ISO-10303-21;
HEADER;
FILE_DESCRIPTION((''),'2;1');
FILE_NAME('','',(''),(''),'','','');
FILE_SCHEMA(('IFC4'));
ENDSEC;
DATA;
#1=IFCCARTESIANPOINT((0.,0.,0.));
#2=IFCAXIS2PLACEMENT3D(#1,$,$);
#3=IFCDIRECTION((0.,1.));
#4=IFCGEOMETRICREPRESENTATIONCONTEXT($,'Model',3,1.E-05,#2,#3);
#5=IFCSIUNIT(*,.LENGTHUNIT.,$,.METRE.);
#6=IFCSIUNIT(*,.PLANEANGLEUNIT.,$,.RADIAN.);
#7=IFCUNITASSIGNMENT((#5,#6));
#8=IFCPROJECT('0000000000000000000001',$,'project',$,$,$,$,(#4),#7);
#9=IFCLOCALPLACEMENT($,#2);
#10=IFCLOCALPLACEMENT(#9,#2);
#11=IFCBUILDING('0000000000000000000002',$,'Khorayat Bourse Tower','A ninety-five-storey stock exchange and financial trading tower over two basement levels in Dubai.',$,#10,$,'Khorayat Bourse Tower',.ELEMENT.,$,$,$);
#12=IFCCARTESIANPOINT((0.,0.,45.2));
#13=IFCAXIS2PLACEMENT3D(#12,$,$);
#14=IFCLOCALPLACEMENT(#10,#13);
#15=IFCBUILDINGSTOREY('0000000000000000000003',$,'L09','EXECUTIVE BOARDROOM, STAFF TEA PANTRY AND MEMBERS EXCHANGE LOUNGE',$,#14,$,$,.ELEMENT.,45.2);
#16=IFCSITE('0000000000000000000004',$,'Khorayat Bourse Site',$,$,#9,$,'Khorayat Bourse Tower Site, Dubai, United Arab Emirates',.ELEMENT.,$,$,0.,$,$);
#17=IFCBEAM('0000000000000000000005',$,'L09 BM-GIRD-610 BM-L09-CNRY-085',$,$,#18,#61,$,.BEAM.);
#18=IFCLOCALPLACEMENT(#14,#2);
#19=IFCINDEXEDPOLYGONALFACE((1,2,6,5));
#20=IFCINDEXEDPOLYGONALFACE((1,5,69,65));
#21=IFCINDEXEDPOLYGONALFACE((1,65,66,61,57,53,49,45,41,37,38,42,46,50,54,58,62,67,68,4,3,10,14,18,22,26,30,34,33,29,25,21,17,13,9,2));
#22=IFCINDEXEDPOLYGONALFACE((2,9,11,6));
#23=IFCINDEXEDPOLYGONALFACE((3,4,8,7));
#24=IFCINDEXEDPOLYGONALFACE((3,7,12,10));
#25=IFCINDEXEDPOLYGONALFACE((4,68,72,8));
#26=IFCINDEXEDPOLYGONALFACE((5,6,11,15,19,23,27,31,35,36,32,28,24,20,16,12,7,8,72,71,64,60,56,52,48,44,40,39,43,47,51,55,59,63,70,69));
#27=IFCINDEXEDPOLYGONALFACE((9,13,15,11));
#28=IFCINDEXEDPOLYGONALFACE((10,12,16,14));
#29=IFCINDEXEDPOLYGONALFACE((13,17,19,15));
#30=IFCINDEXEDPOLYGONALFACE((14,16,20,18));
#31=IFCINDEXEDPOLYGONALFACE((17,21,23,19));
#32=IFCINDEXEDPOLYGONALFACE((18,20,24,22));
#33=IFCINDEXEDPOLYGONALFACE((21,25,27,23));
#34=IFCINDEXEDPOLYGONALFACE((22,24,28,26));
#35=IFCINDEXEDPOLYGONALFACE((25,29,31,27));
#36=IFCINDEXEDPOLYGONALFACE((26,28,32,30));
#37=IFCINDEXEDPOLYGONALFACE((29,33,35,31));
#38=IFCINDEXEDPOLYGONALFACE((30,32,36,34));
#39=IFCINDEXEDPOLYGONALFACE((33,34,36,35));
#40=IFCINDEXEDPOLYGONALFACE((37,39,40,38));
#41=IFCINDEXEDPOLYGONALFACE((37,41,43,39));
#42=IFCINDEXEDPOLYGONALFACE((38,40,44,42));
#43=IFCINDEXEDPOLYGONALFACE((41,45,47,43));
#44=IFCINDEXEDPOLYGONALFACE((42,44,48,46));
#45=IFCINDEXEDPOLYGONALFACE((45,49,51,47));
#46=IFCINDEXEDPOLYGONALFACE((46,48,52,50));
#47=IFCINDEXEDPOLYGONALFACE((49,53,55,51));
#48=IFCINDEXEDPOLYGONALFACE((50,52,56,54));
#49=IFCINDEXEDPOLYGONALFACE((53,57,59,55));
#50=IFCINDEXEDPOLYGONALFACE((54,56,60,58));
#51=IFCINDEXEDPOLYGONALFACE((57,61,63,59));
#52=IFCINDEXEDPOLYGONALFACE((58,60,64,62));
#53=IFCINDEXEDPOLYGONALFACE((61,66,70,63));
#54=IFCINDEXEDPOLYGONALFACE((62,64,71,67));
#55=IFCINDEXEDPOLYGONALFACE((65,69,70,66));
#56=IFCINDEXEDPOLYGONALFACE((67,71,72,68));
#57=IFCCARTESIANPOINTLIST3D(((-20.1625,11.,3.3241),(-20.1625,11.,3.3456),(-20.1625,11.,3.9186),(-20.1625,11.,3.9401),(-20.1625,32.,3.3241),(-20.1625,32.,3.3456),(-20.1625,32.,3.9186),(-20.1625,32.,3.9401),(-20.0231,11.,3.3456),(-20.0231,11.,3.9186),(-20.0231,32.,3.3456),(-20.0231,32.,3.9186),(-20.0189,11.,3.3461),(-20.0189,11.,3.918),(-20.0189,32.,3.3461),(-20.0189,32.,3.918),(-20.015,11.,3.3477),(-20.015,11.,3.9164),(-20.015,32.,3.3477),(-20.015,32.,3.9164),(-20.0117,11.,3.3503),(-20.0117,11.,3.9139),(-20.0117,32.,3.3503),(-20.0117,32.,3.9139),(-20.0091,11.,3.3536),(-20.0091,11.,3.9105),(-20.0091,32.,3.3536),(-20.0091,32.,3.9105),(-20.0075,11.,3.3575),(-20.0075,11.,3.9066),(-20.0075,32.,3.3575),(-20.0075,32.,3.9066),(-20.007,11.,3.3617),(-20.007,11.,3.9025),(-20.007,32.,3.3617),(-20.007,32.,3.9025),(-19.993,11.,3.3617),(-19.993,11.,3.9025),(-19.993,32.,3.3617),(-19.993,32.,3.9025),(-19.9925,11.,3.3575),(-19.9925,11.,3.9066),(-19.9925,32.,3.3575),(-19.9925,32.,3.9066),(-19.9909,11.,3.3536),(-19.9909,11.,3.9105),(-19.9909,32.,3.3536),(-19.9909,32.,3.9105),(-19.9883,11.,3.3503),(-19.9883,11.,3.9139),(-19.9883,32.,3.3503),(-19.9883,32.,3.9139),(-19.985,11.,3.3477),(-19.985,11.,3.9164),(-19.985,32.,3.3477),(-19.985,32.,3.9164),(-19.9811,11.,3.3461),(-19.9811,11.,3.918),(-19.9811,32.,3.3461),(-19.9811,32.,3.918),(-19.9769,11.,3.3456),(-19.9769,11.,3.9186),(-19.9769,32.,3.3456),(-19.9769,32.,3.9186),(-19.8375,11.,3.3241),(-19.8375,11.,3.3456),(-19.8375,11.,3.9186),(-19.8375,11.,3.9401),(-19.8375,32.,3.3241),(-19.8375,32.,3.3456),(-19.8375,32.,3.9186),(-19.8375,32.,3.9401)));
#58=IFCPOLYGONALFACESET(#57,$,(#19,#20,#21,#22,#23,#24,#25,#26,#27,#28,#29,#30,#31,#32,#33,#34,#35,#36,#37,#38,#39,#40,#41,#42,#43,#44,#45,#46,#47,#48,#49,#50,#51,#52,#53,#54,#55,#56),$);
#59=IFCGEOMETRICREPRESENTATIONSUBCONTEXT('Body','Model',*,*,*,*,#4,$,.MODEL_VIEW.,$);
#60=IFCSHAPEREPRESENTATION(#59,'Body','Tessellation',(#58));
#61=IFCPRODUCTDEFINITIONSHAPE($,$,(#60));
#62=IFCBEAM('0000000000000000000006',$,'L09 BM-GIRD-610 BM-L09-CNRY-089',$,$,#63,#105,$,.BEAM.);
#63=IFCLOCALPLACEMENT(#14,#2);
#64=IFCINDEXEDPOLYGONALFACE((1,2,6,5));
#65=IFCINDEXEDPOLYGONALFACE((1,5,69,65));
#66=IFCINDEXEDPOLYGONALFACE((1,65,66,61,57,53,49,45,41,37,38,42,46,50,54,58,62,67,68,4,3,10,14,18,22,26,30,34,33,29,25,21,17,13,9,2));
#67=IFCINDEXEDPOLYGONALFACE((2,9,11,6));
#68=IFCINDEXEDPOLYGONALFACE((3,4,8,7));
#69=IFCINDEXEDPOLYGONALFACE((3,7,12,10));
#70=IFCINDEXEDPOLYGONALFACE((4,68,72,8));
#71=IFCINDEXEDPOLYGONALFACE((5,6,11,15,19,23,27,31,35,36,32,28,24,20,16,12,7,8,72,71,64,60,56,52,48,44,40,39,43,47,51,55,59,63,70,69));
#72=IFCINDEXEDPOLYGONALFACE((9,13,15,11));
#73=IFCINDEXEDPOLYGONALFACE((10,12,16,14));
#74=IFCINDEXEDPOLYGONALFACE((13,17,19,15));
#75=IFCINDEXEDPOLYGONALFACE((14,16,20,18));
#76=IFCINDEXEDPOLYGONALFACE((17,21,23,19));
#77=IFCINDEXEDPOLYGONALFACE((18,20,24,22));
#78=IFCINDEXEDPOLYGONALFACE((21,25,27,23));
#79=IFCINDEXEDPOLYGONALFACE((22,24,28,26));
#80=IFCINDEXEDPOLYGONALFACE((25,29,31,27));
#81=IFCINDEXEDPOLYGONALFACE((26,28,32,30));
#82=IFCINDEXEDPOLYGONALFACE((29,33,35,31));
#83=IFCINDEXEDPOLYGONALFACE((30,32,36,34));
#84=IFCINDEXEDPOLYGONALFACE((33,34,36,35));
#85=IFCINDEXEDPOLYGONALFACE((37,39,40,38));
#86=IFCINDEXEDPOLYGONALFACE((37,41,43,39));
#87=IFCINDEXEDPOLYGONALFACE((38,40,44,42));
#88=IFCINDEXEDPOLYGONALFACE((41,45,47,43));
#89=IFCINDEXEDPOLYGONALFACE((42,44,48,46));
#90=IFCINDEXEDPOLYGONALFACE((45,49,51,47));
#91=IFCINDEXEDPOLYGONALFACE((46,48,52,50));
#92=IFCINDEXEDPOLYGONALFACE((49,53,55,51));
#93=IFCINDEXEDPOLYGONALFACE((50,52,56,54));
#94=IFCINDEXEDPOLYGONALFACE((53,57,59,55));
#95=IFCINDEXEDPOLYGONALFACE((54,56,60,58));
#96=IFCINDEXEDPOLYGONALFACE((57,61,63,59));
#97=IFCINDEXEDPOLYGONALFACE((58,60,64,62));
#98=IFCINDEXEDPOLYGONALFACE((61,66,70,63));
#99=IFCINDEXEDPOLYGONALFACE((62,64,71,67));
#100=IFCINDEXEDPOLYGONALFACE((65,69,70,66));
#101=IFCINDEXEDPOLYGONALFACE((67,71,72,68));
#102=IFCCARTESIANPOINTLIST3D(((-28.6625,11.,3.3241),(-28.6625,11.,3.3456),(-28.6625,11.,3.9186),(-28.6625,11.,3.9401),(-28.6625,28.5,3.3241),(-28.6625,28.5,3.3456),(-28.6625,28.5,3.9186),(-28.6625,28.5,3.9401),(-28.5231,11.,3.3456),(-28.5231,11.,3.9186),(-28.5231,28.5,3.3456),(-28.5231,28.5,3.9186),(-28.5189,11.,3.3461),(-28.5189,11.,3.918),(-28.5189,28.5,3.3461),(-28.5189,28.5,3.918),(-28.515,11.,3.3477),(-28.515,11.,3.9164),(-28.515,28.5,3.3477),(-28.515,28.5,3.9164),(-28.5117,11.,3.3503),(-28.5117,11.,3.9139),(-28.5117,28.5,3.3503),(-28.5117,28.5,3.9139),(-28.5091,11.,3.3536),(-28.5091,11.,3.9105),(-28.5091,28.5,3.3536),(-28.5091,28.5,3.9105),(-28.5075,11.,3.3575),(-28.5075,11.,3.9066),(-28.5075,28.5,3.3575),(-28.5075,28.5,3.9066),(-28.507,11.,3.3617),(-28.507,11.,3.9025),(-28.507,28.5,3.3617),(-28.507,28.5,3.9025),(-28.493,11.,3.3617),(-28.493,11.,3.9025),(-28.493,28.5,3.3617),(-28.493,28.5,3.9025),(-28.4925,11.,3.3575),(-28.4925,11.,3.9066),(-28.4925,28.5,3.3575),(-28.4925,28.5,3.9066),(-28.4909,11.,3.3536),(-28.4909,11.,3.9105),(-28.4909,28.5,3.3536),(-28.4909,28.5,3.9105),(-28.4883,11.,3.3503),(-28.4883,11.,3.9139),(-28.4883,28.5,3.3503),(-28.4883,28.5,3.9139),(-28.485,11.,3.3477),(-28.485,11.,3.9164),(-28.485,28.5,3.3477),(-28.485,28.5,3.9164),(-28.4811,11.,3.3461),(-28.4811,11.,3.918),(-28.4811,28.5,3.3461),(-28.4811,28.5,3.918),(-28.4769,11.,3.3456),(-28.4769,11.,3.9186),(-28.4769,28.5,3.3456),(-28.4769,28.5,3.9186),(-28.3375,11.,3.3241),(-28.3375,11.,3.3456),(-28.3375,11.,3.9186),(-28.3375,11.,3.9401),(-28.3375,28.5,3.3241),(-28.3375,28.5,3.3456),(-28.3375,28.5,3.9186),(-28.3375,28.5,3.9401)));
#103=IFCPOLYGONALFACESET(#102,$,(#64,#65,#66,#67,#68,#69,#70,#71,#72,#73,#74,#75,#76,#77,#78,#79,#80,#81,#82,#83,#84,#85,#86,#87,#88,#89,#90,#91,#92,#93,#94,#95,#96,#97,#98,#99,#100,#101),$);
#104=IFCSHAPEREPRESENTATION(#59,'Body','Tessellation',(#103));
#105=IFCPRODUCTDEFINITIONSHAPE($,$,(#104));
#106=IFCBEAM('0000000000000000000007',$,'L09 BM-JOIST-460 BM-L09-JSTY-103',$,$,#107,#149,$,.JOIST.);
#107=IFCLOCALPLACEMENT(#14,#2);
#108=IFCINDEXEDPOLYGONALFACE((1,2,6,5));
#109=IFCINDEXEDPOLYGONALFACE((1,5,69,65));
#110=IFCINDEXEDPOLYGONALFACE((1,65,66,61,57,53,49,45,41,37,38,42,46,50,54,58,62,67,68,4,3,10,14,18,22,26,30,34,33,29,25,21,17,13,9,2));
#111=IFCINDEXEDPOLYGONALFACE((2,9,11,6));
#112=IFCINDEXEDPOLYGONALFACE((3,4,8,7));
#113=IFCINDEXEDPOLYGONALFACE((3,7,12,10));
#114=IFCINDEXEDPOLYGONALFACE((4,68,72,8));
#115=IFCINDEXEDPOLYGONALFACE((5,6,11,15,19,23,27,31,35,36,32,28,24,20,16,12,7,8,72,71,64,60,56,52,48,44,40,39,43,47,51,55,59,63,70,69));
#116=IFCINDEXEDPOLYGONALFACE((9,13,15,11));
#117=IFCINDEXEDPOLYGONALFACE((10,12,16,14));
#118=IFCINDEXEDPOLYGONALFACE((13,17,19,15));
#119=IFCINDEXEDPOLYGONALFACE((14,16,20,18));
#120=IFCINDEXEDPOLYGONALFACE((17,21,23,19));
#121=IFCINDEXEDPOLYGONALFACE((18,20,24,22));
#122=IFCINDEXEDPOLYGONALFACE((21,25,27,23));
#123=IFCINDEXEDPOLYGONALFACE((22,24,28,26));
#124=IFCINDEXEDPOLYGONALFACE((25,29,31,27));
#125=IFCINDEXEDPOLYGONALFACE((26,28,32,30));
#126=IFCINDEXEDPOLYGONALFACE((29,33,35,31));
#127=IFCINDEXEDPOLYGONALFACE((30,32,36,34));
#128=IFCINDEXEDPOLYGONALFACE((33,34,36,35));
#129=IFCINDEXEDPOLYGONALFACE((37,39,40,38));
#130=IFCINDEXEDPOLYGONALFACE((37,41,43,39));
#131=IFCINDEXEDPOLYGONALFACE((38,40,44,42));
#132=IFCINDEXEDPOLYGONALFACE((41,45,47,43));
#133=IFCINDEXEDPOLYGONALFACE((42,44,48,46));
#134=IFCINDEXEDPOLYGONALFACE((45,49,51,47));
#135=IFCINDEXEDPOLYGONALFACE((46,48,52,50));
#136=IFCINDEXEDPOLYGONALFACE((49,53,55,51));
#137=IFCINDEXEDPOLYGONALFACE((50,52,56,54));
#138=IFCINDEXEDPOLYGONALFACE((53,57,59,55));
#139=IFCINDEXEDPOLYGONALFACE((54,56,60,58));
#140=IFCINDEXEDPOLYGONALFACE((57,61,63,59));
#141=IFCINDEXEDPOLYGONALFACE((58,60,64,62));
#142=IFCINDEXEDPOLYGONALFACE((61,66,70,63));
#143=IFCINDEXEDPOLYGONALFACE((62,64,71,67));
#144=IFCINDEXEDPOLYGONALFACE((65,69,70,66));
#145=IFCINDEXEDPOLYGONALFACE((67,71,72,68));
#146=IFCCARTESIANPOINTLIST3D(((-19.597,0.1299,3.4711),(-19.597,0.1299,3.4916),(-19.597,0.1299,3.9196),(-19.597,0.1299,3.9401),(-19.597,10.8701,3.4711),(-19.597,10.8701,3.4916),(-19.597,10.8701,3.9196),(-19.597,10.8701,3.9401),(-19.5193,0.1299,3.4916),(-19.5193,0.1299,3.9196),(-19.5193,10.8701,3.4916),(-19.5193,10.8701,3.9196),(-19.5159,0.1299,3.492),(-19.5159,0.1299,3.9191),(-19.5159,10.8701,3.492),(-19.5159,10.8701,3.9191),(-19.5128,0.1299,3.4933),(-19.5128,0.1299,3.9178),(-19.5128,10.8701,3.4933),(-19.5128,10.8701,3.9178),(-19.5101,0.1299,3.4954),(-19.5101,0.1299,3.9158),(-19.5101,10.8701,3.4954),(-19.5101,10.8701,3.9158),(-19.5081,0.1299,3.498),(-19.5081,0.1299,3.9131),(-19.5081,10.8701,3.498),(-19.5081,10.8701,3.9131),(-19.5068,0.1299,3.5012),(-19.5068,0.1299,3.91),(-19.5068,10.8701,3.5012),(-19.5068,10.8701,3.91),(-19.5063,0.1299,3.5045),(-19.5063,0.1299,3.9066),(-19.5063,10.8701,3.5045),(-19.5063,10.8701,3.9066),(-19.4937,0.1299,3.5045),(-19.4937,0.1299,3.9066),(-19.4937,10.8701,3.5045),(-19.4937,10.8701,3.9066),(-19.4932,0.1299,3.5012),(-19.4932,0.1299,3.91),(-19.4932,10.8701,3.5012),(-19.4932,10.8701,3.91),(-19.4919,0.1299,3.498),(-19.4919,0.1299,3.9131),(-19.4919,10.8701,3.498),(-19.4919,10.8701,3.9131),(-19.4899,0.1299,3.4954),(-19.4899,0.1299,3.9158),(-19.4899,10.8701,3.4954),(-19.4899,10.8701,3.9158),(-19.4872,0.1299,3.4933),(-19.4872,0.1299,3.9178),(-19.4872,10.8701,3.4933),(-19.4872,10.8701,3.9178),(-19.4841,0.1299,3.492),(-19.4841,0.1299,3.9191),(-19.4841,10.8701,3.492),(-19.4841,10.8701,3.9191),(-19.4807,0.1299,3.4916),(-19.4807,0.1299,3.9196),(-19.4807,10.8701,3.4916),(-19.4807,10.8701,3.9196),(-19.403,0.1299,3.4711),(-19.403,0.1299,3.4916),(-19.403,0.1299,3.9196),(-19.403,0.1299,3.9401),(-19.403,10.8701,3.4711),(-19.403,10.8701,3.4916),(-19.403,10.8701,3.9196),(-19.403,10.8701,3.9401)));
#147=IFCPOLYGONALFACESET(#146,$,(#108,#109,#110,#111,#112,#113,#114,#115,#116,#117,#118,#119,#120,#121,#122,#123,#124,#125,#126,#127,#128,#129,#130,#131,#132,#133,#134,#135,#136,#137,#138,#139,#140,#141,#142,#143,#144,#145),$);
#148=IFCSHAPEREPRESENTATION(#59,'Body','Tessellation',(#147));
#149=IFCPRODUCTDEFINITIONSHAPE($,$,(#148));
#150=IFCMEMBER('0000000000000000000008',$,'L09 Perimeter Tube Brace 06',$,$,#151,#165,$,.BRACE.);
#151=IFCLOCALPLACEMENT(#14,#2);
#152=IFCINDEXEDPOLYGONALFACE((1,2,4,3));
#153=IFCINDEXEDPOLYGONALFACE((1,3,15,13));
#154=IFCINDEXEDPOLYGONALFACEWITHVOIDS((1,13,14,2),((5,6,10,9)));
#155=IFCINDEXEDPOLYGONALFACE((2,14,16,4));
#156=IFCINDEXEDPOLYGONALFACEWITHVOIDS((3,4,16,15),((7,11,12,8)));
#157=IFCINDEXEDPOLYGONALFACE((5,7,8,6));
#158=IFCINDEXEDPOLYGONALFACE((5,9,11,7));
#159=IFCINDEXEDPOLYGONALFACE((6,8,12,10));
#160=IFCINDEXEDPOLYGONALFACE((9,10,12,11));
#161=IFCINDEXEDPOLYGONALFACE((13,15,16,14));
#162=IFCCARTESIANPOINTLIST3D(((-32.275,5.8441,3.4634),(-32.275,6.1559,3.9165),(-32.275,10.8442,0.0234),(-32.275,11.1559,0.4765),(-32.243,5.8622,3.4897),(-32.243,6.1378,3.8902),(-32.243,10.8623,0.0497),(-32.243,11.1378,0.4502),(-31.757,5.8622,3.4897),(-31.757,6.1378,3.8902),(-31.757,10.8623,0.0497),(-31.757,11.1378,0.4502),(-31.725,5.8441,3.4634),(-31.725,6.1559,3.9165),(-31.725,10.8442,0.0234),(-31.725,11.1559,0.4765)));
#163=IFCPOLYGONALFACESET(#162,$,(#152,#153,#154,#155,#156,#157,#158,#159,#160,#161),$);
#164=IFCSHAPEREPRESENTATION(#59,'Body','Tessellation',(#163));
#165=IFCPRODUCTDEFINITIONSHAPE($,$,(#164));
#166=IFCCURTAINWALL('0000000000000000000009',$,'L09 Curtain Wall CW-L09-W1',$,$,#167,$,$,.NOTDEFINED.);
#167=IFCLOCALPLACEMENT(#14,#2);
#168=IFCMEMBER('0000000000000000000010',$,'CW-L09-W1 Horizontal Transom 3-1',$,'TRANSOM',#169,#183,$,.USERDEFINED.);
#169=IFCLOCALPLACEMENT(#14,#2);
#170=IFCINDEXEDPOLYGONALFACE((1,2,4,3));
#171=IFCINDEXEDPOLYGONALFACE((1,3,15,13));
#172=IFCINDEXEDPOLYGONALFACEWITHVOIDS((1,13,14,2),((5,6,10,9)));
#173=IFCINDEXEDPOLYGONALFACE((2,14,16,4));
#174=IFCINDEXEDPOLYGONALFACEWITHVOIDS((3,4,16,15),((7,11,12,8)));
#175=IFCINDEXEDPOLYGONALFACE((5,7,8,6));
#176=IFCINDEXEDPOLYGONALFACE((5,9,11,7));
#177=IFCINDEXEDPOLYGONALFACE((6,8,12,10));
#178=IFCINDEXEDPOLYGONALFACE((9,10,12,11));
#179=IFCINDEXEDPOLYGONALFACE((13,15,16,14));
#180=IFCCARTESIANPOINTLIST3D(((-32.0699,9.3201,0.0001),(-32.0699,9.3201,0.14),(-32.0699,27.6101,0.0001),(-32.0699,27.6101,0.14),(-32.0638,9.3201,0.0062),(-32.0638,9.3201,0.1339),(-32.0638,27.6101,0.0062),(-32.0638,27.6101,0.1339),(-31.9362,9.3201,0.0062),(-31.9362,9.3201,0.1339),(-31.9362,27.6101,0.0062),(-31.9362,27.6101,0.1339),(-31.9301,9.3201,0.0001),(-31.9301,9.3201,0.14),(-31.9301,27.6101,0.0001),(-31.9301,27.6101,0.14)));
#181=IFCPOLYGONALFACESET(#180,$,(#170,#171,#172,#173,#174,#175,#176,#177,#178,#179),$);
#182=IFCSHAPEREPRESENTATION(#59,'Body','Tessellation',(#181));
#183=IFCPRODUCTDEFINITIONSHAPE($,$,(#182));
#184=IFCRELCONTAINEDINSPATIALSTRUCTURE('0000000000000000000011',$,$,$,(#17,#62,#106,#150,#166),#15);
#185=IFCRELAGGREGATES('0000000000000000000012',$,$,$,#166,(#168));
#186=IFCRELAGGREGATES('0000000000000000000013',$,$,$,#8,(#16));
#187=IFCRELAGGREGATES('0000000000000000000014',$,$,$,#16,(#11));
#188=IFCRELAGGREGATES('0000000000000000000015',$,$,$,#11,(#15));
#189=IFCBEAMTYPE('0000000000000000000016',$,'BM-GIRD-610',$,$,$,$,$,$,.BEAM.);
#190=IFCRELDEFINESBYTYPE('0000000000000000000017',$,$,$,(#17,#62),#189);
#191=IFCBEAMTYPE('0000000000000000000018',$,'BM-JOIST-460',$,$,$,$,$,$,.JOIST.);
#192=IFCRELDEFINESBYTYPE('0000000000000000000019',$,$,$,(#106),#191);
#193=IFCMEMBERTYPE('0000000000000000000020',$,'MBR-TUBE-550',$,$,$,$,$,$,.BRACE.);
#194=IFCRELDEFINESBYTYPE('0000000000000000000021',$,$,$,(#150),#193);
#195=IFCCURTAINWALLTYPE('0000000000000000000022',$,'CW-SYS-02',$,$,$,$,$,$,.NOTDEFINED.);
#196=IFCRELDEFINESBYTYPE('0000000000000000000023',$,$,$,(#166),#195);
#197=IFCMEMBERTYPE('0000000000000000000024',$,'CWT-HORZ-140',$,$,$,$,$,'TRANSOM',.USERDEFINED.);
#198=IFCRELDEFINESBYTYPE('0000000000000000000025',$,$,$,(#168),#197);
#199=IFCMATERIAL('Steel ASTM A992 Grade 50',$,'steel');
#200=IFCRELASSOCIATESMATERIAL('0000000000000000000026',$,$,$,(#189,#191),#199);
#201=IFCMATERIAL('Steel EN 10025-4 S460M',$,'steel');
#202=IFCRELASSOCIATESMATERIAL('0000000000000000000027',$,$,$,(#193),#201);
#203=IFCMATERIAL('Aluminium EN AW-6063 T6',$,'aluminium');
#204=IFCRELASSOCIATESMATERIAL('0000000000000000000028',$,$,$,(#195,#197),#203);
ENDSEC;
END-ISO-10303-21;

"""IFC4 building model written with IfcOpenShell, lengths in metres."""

from ifc_helpers import new_model, si_unit, direction, frame, origin, origin_2d, place, context, subcontext, project, spatial, hollow_rectangle, i_section, extrude, source, transform, mapped, material, material_profile, profile_set, type_object, element, aggregate, save


model = new_model("IFC4")

# Units and contexts
model_context = context("Model", 3, precision=1e-05, world=origin(), true_north=direction((0.0, 1.0)))
body_context = subcontext(model_context, "Body", "Model", "MODEL_VIEW")
ifc_project = project(units=[si_unit("LENGTHUNIT", "METRE"), si_unit("PLANEANGLEUNIT", "RADIAN")], contexts=[model_context])

# Site, building, storey
site_placement = place(None, origin())
site = spatial("IfcSite", under=ifc_project, at=site_placement, Name="Khorayat Bourse Site", LongName="Khorayat Bourse Tower Site, Dubai, United Arab Emirates", CompositionType="ELEMENT", RefElevation=0.0)
building_placement = place(site_placement, origin())
building = spatial("IfcBuilding", under=site, at=building_placement, Name="Khorayat Bourse Tower", Description="A ninety-five-storey stock exchange and financial trading tower over two basement levels in Dubai.", LongName="Khorayat Bourse Tower", CompositionType="ELEMENT")
storey_placement = place(building_placement, frame((0.0, 0.0, 45.2)))
storey = spatial("IfcBuildingStorey", under=building, at=storey_placement, Name="L09", Description="EXECUTIVE BOARDROOM, STAFF TEA PANTRY AND MEMBERS EXCHANGE LOUNGE", CompositionType="ELEMENT", Elevation=45.2)

# Shared definitions
ifc_material_1 = material(Name="Steel EN 10025-4 S460M", Category="steel")

# Beams
ifc_material_2 = material(Name="Steel ASTM A992 Grade 50", Category="steel")
ifc_material_profile_1 = material_profile(ifc_material_2, i_section(OverallWidth=0.325, OverallDepth=0.616, WebThickness=0.0139, FlangeThickness=0.0215, FilletRadius=0.0161, at=origin_2d()), Name="W610X174")
ifc_profile_set_1 = profile_set([ifc_material_profile_1], Name="Steel ASTM A992 Grade 50")
beam_type_1 = type_object("IfcBeamType", Name="BM-GIRD-610", PredefinedType="BEAM", material=ifc_profile_set_1)
shared_shape_1 = source(origin(), body_context, "Body", "SweptSolid", [
    extrude(i_section(OverallWidth=0.325, OverallDepth=0.616, WebThickness=0.0139, FlangeThickness=0.0215, FilletRadius=0.0161, at=origin_2d()), origin(), (0.0, 0.0, 1.0), 21.0),
])
beam_1_placement = place(storey_placement, frame((-20.0, 11.0, 3.6321), z_axis=(0.0, 1.0, 0.0), x_axis=(-1.0, 0.0, 0.0)))
element("IfcBeam", 1, at=beam_1_placement, inside=storey, type_object=beam_type_1, Name="L09 BM-GIRD-610 BM-L09-CNRY-085", PredefinedType="BEAM", context=body_context, shape_type="MappedRepresentation", body=[
    mapped(shared_shape_1, transform((0.0, 0.0, 0.0), scale=1.0)),
])
shared_shape_2 = source(origin(), body_context, "Body", "SweptSolid", [
    extrude(i_section(OverallWidth=0.325, OverallDepth=0.616, WebThickness=0.0139, FlangeThickness=0.0215, FilletRadius=0.0161, at=origin_2d()), origin(), (0.0, 0.0, 1.0), 17.5),
])
beam_2_placement = place(storey_placement, frame((-28.5, 11.0, 3.6321), z_axis=(0.0, 1.0, 0.0), x_axis=(-1.0, 0.0, 0.0)))
element("IfcBeam", 2, at=beam_2_placement, inside=storey, type_object=beam_type_1, Name="L09 BM-GIRD-610 BM-L09-CNRY-089", PredefinedType="BEAM", context=body_context, shape_type="MappedRepresentation", body=[
    mapped(shared_shape_2, transform((0.0, 0.0, 0.0), scale=1.0)),
])
ifc_material_profile_2 = material_profile(ifc_material_2, i_section(OverallWidth=0.1941, OverallDepth=0.469, WebThickness=0.0127, FlangeThickness=0.0205, FilletRadius=0.0129, at=origin_2d()), Name="W460X106")
ifc_profile_set_2 = profile_set([ifc_material_profile_2], Name="Steel ASTM A992 Grade 50")
beam_type_2 = type_object("IfcBeamType", Name="BM-JOIST-460", PredefinedType="JOIST", material=ifc_profile_set_2)
shared_shape_3 = source(origin(), body_context, "Body", "SweptSolid", [
    extrude(i_section(OverallWidth=0.1941, OverallDepth=0.469, WebThickness=0.0127, FlangeThickness=0.0205, FilletRadius=0.0129, at=origin_2d()), origin(), (0.0, 0.0, 1.0), 10.7402),
])
beam_3_placement = place(storey_placement, frame((-19.5, 0.1299, 3.7056), z_axis=(0.0, 1.0, 0.0), x_axis=(-1.0, 0.0, 0.0)))
element("IfcBeam", 3, at=beam_3_placement, inside=storey, type_object=beam_type_2, Name="L09 BM-JOIST-460 BM-L09-JSTY-103", PredefinedType="JOIST", context=body_context, shape_type="MappedRepresentation", body=[
    mapped(shared_shape_3, transform((0.0, 0.0, 0.0), scale=1.0)),
])

# Member
ifc_material_profile_3 = material_profile(ifc_material_1, hollow_rectangle(XDim=0.55, YDim=0.55, WallThickness=0.032, at=origin_2d()), Name="HSS 550x550x32")
ifc_profile_set_3 = profile_set([ifc_material_profile_3], Name="Steel EN 10025-4 S460M")
member_type_1 = type_object("IfcMemberType", Name="MBR-TUBE-550", PredefinedType="BRACE", material=ifc_profile_set_3)
shared_shape_4 = source(origin(), body_context, "Body", "SweptSolid", [
    extrude(hollow_rectangle(XDim=0.55, YDim=0.55, WallThickness=0.032, at=origin_2d()), origin(), (0.0, 0.0, 1.0), 6.0691),
])
member_1_placement = place(storey_placement, frame((-32.0, 6.0, 3.6899), z_axis=(0.0, 0.823854, -0.566802), x_axis=(-1.0, 0.0, 0.0)))
element("IfcMember", 4, at=member_1_placement, inside=storey, type_object=member_type_1, Name="L09 Perimeter Tube Brace 06", PredefinedType="BRACE", context=body_context, shape_type="MappedRepresentation", body=[
    mapped(shared_shape_4, transform((0.0, 0.0, 0.0), scale=1.0)),
])

# Curtain wall, member
ifc_material_3 = material(Name="Aluminium EN AW-6063 T6", Category="aluminium")
curtain_wall_type = type_object("IfcCurtainWallType", Name="CW-SYS-02", PredefinedType="NOTDEFINED", material=ifc_material_3)
curtain_wall_placement = place(storey_placement, origin())
curtain_wall = element("IfcCurtainWall", 5, at=curtain_wall_placement, inside=storey, type_object=curtain_wall_type, Name="L09 Curtain Wall CW-L09-W1", PredefinedType="NOTDEFINED")
ifc_material_profile_4 = material_profile(ifc_material_3, hollow_rectangle(XDim=0.1399, YDim=0.1399, WallThickness=0.0061, at=origin_2d()), Name="ALU 140x140x6")
ifc_profile_set_4 = profile_set([ifc_material_profile_4], Name="Aluminium EN AW-6063 T6")
member_type_2 = type_object("IfcMemberType", Name="CWT-HORZ-140", ElementType="TRANSOM", PredefinedType="USERDEFINED", material=ifc_profile_set_4)
shared_shape_5 = source(origin(), body_context, "Body", "SweptSolid", [
    extrude(hollow_rectangle(XDim=0.1399, YDim=0.1399, WallThickness=0.0061, at=origin_2d()), origin(), (0.0, 0.0, 1.0), 18.29),
])
member_2_placement = place(storey_placement, frame((-32.0, 9.3201, 0.0701), z_axis=(0.0, 1.0, 0.0), x_axis=(-1.0, 0.0, 0.0)))
member_2 = element("IfcMember", 6, at=member_2_placement, type_object=member_type_2, Name="CW-L09-W1 Horizontal Transom 3-1", ObjectType="TRANSOM", PredefinedType="USERDEFINED", context=body_context, shape_type="MappedRepresentation", body=[
    mapped(shared_shape_5, transform((0.0, 0.0, 0.0), scale=1.0)),
])

aggregate(curtain_wall, [member_2])

save(model, "model.ifc")
